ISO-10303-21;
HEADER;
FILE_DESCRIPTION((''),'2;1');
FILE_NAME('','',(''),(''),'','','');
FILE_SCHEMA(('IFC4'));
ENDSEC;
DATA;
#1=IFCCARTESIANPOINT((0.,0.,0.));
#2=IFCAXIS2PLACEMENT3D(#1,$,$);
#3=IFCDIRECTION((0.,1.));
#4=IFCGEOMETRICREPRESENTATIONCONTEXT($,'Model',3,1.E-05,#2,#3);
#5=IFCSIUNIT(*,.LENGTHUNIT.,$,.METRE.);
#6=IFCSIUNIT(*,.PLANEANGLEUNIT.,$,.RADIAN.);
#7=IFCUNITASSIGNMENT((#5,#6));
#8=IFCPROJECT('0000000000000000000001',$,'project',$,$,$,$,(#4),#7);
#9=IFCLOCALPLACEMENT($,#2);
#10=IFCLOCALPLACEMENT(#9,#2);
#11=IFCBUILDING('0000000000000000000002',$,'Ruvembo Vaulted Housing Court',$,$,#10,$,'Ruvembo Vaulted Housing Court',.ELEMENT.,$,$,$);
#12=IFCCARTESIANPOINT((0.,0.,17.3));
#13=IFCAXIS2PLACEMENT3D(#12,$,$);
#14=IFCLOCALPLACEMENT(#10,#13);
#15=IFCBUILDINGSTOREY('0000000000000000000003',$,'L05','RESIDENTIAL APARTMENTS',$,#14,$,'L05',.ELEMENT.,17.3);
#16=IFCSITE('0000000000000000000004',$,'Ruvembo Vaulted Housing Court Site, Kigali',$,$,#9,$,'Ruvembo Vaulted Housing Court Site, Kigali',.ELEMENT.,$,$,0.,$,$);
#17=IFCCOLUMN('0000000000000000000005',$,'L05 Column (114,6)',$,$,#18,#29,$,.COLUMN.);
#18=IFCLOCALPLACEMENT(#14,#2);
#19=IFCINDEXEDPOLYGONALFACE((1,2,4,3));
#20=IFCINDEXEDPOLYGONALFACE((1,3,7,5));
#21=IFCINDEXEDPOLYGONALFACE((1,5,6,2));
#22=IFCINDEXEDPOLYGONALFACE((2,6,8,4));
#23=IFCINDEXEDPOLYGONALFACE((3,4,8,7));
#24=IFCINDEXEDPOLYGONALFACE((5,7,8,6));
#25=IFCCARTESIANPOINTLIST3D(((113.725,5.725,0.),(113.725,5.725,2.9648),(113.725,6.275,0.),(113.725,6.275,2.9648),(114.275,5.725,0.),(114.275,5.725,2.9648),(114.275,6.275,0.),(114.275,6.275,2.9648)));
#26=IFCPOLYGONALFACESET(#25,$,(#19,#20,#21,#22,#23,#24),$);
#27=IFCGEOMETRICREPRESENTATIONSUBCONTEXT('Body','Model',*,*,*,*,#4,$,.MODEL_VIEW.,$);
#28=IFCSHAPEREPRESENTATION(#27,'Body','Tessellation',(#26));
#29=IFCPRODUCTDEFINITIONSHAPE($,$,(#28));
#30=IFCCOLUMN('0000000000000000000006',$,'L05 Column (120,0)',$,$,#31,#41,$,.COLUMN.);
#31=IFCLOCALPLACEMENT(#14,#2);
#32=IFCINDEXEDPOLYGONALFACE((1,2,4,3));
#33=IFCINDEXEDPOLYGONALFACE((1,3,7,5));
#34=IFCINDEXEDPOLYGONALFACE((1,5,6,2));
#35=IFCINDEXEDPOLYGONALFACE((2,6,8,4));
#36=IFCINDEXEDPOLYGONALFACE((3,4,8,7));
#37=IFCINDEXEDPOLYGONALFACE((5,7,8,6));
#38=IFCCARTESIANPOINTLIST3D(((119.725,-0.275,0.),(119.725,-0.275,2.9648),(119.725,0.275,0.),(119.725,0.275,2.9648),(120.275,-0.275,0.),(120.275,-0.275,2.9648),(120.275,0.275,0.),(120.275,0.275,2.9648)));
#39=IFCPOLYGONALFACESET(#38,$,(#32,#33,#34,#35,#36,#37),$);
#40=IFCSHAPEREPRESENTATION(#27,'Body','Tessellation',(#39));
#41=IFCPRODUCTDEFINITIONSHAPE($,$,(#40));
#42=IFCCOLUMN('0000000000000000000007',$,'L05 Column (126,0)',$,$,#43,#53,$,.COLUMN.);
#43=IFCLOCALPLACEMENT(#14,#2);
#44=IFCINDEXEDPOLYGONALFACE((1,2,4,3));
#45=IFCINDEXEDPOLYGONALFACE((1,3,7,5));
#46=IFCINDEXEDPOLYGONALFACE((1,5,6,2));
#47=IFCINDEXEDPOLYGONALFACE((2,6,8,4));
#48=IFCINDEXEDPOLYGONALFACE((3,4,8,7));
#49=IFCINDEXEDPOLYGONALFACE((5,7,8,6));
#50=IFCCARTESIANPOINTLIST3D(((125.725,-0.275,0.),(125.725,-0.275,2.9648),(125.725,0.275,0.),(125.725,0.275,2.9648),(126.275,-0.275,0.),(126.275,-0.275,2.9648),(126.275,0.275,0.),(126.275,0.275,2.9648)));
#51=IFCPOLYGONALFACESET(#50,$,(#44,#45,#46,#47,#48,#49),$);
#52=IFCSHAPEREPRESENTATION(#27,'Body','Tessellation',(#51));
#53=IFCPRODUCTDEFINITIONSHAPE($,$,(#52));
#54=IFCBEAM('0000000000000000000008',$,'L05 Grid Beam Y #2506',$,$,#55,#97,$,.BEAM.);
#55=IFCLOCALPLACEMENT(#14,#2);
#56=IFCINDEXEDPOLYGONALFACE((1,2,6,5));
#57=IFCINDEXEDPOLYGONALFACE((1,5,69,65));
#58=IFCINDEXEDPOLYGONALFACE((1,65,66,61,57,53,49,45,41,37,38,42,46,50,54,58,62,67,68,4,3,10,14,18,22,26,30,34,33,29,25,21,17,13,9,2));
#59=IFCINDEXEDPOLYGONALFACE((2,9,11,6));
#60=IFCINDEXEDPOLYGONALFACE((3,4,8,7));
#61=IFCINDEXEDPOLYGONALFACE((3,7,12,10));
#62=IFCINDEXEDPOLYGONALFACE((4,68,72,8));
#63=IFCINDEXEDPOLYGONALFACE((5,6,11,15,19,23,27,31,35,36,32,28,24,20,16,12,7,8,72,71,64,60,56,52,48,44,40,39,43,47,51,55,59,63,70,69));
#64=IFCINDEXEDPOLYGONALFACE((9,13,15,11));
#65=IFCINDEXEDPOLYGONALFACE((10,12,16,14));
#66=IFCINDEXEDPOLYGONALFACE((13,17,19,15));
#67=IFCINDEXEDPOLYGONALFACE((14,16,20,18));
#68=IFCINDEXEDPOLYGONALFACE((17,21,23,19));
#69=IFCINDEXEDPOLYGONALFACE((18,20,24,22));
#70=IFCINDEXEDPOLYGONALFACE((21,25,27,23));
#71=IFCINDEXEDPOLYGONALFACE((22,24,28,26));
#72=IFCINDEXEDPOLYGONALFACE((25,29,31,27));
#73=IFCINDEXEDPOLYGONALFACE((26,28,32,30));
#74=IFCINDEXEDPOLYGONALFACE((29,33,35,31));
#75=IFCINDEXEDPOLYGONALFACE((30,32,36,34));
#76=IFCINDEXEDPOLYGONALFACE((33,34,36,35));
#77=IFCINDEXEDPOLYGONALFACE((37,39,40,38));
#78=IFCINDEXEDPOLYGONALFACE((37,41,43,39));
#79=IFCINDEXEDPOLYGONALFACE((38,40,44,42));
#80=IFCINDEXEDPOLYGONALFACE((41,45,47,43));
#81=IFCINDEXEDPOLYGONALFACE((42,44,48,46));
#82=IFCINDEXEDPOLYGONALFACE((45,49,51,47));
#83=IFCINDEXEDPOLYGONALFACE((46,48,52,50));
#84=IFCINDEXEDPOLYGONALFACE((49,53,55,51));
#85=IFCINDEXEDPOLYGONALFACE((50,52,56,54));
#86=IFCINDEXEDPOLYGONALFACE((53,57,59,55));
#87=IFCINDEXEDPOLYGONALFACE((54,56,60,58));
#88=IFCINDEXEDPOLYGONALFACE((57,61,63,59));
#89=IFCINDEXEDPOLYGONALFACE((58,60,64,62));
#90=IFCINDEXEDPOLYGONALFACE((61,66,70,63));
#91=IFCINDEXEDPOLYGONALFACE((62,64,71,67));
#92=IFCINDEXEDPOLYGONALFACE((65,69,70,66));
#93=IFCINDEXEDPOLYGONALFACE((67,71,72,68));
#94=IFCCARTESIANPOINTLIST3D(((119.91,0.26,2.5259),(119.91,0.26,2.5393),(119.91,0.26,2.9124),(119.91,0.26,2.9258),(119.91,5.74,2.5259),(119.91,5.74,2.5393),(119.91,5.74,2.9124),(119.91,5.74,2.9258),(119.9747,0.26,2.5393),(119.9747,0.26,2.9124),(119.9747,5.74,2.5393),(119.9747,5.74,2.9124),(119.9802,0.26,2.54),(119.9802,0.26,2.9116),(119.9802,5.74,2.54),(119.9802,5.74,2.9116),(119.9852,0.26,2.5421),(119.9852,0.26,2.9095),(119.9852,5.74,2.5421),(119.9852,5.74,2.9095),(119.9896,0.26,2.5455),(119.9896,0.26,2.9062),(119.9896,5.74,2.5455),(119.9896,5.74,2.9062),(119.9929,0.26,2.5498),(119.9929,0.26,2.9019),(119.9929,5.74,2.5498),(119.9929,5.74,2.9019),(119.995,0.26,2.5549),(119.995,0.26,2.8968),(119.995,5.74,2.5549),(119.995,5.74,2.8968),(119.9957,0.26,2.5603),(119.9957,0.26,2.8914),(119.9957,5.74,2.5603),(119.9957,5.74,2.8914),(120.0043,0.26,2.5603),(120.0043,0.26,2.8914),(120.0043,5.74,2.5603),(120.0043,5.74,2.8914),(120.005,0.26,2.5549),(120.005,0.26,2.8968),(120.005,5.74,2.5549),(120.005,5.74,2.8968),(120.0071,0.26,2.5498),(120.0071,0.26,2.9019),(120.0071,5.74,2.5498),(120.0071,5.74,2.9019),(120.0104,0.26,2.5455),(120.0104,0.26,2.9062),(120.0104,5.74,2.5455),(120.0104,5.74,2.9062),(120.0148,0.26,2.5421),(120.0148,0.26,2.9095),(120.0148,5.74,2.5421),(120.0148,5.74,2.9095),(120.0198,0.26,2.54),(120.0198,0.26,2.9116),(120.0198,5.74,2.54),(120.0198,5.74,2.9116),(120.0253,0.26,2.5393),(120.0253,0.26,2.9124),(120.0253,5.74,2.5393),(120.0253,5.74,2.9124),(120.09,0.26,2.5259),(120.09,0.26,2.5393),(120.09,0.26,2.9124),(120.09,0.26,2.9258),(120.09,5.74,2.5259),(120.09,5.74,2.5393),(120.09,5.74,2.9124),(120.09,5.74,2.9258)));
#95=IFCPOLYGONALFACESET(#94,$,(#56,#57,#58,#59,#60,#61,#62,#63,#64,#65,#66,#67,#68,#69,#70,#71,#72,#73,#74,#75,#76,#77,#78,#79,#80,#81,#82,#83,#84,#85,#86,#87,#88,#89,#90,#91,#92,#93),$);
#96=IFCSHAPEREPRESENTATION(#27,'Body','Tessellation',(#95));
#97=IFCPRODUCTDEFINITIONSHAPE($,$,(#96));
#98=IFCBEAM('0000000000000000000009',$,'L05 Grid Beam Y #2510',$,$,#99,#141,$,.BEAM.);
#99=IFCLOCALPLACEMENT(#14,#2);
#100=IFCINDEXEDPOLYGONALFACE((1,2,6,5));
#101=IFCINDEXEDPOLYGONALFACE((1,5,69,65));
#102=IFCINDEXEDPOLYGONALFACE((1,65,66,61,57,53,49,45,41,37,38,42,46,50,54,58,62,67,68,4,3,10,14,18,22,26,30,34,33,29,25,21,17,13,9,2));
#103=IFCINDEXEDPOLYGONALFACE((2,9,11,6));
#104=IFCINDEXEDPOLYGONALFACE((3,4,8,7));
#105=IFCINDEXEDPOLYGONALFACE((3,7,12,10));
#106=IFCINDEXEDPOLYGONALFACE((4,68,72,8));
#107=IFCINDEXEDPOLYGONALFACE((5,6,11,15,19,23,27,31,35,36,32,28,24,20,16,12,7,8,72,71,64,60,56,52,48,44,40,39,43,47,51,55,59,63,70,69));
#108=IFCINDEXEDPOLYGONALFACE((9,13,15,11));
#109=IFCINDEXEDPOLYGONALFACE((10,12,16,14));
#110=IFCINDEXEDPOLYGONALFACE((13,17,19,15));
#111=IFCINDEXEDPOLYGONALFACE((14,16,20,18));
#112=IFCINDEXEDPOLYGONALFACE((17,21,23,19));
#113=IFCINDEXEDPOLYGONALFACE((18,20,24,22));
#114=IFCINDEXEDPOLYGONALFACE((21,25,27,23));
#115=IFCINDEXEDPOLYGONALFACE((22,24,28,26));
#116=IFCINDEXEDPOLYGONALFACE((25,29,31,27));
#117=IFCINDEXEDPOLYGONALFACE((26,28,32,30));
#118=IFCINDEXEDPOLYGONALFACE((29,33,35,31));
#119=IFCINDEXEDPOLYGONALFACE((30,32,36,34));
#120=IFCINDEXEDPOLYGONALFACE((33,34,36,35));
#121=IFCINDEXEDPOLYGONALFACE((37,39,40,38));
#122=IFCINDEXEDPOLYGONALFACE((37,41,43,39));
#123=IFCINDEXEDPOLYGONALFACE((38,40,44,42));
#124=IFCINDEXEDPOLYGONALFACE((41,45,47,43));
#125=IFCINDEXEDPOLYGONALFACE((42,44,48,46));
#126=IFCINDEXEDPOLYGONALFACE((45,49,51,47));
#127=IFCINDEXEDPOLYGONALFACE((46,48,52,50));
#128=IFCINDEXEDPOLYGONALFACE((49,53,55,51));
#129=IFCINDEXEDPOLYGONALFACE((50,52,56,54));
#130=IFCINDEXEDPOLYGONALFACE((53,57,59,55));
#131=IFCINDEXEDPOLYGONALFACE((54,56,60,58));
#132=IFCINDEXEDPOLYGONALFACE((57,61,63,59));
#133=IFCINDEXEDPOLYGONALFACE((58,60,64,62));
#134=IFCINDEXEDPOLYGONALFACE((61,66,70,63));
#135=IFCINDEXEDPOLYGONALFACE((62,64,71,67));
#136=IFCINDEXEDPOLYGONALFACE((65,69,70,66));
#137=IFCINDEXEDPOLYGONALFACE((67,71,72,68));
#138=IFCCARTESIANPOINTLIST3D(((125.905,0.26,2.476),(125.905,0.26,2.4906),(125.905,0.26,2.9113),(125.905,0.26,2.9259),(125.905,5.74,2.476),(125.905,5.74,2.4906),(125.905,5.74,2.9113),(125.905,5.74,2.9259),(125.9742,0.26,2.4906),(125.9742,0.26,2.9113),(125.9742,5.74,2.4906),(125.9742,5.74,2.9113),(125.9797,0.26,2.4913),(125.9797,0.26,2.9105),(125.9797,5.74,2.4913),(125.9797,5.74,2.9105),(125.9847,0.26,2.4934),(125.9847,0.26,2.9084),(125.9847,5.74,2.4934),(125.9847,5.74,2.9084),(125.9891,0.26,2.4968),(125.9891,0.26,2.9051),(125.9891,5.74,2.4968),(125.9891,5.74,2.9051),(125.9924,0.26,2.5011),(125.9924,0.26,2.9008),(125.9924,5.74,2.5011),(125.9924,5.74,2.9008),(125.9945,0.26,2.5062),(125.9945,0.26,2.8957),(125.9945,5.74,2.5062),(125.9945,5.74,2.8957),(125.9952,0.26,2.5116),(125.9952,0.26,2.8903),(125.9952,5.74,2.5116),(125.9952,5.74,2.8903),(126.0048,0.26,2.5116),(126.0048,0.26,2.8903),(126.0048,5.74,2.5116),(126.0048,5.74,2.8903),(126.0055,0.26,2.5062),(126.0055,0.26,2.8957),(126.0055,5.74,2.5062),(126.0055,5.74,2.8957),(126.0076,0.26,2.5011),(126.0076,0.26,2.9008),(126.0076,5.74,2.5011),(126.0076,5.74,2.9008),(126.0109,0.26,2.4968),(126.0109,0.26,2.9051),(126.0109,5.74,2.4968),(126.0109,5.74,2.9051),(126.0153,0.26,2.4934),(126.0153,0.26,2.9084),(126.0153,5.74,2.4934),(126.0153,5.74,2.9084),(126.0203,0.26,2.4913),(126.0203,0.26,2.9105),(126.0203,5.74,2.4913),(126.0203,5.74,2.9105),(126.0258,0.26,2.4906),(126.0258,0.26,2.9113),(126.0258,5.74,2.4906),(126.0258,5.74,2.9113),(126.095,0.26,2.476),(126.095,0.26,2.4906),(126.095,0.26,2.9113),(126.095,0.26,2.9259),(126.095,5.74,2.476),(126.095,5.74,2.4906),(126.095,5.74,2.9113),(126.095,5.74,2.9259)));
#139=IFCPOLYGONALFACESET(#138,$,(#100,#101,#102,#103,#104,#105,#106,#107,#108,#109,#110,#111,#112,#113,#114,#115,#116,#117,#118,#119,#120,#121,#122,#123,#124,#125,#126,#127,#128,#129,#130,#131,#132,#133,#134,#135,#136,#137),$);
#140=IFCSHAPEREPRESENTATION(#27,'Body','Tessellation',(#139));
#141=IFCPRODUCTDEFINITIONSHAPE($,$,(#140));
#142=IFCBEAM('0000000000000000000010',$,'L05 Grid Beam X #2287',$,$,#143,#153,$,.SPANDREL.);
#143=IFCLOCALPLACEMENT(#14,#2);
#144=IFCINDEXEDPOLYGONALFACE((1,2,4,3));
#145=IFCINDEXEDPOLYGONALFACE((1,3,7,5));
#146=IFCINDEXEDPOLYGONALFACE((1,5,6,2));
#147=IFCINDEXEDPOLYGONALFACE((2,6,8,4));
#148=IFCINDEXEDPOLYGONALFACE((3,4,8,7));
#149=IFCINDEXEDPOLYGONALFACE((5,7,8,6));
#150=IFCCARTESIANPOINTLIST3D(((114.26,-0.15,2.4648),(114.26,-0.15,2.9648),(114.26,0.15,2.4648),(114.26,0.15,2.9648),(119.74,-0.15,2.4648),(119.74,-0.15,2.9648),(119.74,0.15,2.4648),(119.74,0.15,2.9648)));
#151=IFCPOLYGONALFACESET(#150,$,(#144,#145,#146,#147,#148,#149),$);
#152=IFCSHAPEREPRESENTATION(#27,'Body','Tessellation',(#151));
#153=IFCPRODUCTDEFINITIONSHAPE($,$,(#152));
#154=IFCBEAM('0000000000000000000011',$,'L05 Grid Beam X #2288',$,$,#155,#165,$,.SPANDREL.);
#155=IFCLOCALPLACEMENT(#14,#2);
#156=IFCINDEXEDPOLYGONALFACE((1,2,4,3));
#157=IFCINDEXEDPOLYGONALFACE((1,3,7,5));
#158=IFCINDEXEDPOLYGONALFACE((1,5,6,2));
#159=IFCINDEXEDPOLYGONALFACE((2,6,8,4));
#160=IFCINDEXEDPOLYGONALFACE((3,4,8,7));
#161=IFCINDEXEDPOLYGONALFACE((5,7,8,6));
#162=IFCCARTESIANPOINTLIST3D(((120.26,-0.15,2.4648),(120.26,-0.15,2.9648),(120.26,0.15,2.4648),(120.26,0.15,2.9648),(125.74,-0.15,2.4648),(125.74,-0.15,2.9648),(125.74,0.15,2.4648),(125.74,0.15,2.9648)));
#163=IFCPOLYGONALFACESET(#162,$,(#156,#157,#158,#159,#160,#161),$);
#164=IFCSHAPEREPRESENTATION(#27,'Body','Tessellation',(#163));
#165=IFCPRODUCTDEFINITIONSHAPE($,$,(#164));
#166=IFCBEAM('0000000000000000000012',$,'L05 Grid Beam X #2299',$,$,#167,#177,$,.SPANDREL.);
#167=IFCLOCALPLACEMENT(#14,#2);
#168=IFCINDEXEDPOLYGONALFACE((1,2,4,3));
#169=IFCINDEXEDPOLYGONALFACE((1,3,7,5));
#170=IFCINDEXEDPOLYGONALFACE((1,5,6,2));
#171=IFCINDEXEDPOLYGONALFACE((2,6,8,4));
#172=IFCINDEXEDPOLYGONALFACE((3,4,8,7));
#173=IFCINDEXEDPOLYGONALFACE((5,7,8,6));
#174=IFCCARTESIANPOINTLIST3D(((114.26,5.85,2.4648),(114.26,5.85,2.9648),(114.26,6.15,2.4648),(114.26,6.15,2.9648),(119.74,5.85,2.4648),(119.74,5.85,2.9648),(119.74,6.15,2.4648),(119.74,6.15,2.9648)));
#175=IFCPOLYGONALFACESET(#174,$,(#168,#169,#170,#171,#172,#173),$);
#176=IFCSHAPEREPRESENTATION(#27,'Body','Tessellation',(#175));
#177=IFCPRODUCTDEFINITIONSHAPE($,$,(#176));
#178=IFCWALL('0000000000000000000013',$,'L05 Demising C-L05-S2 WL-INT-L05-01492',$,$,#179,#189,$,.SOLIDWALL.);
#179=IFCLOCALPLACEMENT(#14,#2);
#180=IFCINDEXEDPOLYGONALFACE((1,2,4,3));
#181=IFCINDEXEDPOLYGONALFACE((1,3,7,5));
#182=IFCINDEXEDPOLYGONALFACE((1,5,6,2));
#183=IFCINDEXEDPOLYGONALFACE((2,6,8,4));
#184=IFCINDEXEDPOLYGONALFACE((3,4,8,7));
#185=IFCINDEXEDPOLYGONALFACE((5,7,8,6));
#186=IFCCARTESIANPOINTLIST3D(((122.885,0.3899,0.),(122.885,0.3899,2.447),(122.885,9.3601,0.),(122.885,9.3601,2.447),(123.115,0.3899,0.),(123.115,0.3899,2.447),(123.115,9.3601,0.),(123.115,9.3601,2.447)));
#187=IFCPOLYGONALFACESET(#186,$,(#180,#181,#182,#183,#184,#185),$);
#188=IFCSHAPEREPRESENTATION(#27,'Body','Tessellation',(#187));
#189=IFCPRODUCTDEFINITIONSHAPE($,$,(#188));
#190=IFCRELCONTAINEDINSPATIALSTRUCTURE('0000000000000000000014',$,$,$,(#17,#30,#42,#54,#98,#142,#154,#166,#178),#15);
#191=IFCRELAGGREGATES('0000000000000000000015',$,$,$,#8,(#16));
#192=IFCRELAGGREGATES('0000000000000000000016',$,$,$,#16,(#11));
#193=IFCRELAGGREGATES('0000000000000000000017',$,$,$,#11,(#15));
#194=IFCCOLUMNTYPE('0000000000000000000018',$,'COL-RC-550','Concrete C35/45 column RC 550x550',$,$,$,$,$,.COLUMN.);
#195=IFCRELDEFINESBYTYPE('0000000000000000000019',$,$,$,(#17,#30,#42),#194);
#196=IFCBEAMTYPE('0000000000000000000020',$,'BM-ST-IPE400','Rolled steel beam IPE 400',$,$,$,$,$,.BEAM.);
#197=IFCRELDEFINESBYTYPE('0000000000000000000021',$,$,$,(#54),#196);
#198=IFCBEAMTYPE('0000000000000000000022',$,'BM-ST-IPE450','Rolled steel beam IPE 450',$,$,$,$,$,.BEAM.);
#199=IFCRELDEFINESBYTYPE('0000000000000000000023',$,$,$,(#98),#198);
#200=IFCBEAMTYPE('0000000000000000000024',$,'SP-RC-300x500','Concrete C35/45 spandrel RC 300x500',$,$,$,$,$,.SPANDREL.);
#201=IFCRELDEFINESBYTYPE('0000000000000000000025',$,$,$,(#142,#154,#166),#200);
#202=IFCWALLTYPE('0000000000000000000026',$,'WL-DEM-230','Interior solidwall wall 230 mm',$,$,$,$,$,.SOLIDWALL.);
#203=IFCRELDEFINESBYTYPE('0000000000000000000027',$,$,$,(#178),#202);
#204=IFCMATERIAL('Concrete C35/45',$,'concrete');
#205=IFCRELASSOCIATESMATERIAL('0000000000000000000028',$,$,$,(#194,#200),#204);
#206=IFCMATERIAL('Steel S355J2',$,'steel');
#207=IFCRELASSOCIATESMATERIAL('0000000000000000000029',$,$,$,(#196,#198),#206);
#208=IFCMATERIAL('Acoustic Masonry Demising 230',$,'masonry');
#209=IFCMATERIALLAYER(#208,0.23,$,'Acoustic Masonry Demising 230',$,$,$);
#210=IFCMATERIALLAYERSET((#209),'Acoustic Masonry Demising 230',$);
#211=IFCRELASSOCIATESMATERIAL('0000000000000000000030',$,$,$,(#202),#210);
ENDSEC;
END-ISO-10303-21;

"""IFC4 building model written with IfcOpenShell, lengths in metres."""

from ifc_helpers import new_model, si_unit, direction, frame, frame_2d, origin, origin_2d, place, context, subcontext, project, spatial, rectangle, i_section, extrude, material, layer, layer_set, material_profile, profile_set, type_object, element, save


model = new_model("IFC4")

# Units and contexts
model_context = context("Model", 3, precision=1e-05, world=origin(), true_north=direction((0.0, 1.0)))
body_context = subcontext(model_context, "Body", "Model", "MODEL_VIEW")
ifc_project = project(units=[si_unit("LENGTHUNIT", "METRE"), si_unit("PLANEANGLEUNIT", "RADIAN")], contexts=[model_context])

# Site, building, storey
site_placement = place(None, origin())
site = spatial("IfcSite", under=ifc_project, at=site_placement, Name="Ruvembo Vaulted Housing Court Site, Kigali", LongName="Ruvembo Vaulted Housing Court Site, Kigali", CompositionType="ELEMENT", RefElevation=0.0)
building_placement = place(site_placement, origin())
building = spatial("IfcBuilding", under=site, at=building_placement, Name="Ruvembo Vaulted Housing Court", LongName="Ruvembo Vaulted Housing Court", CompositionType="ELEMENT")
storey_placement = place(building_placement, frame((0.0, 0.0, 17.3)))
storey = spatial("IfcBuildingStorey", under=building, at=storey_placement, Name="L05", Description="RESIDENTIAL APARTMENTS", LongName="L05", CompositionType="ELEMENT", Elevation=17.3)

# Columns
ifc_material_1 = material(Name="Concrete C35/45", Category="concrete")
ifc_material_profile_1 = material_profile(ifc_material_1, rectangle(XDim=0.55, YDim=0.55, at=origin_2d()), Name="RC 550x550")
ifc_profile_set_1 = profile_set([ifc_material_profile_1], Name="Concrete C35/45")
column_type = type_object("IfcColumnType", Name="COL-RC-550", Description="Concrete C35/45 column RC 550x550", PredefinedType="COLUMN", material=ifc_profile_set_1)
for number, where, z_axis, x_axis, name in (
    (1, (114.0, 6.0, 0.0), (0.0, 0.0, 1.0), (1.0, 0.0, 0.0), "L05 Column (114,6)"),
    (2, (120.0, 0.0, 0.0), (0.0, 0.0, 1.0), (1.0, 0.0, 0.0), "L05 Column (120,0)"),
    (3, (126.0, 0.0, 0.0), (0.0, 0.0, 1.0), (1.0, 0.0, 0.0), "L05 Column (126,0)"),
):
    element("IfcColumn", number, at=place(storey_placement, frame(where, z_axis=z_axis, x_axis=x_axis)), inside=storey, type_object=column_type, Name=name, PredefinedType="COLUMN", context=body_context, shape_type="SweptSolid", body=[
        extrude(rectangle(XDim=0.55, YDim=0.55, at=origin_2d()), origin(), (0.0, 0.0, 1.0), 2.9648),
    ])

# Beams
ifc_material_2 = material(Name="Steel S355J2", Category="steel")
ifc_material_profile_2 = material_profile(ifc_material_2, i_section(OverallWidth=0.1799, OverallDepth=0.3999, WebThickness=0.0085, FlangeThickness=0.0134, FilletRadius=0.021, at=origin_2d()), Name="IPE 400")
ifc_profile_set_2 = profile_set([ifc_material_profile_2], Name="Steel S355J2")
beam_type_1 = type_object("IfcBeamType", Name="BM-ST-IPE400", Description="Rolled steel beam IPE 400", PredefinedType="BEAM", material=ifc_profile_set_2)
beam_1_placement = place(storey_placement, frame((120.0, 0.26, 2.7258), z_axis=(0.0, 1.0, 0.0), x_axis=(-1.0, 0.0, 0.0)))
element("IfcBeam", 4, at=beam_1_placement, inside=storey, type_object=beam_type_1, Name="L05 Grid Beam Y #2506", PredefinedType="BEAM", context=body_context, shape_type="SweptSolid", body=[
    extrude(i_section(OverallWidth=0.1799, OverallDepth=0.3999, WebThickness=0.0085, FlangeThickness=0.0134, FilletRadius=0.021, at=origin_2d()), origin(), (0.0, 0.0, 1.0), 5.48),
])
ifc_material_profile_3 = material_profile(ifc_material_2, i_section(OverallWidth=0.1899, OverallDepth=0.45, WebThickness=0.0095, FlangeThickness=0.0146, FilletRadius=0.021, at=origin_2d()), Name="IPE 450")
ifc_profile_set_3 = profile_set([ifc_material_profile_3], Name="Steel S355J2")
beam_type_2 = type_object("IfcBeamType", Name="BM-ST-IPE450", Description="Rolled steel beam IPE 450", PredefinedType="BEAM", material=ifc_profile_set_3)
beam_2_placement = place(storey_placement, frame((126.0, 0.26, 2.7009), z_axis=(0.0, 1.0, 0.0), x_axis=(-1.0, 0.0, 0.0)))
element("IfcBeam", 5, at=beam_2_placement, inside=storey, type_object=beam_type_2, Name="L05 Grid Beam Y #2510", PredefinedType="BEAM", context=body_context, shape_type="SweptSolid", body=[
    extrude(i_section(OverallWidth=0.1899, OverallDepth=0.45, WebThickness=0.0095, FlangeThickness=0.0146, FilletRadius=0.021, at=origin_2d()), origin(), (0.0, 0.0, 1.0), 5.48),
])
ifc_material_profile_4 = material_profile(ifc_material_1, rectangle(XDim=0.3, YDim=0.5, at=origin_2d()), Name="RC 300x500")
ifc_profile_set_4 = profile_set([ifc_material_profile_4], Name="Concrete C35/45")
beam_type_3 = type_object("IfcBeamType", Name="SP-RC-300x500", Description="Concrete C35/45 spandrel RC 300x500", PredefinedType="SPANDREL", material=ifc_profile_set_4)
for number, where, z_axis, x_axis, name in (
    (6, (114.26, 0.0, 2.7148), (1.0, 0.0, 0.0), (0.0, 1.0, 0.0), "L05 Grid Beam X #2287"),
    (7, (120.26, 0.0, 2.7148), (1.0, 0.0, 0.0), (0.0, 1.0, 0.0), "L05 Grid Beam X #2288"),
    (8, (114.26, 6.0, 2.7148), (1.0, 0.0, 0.0), (0.0, 1.0, 0.0), "L05 Grid Beam X #2299"),
):
    element("IfcBeam", number, at=place(storey_placement, frame(where, z_axis=z_axis, x_axis=x_axis)), inside=storey, type_object=beam_type_3, Name=name, PredefinedType="SPANDREL", context=body_context, shape_type="SweptSolid", body=[
        extrude(rectangle(XDim=0.3, YDim=0.5, at=origin_2d()), origin(), (0.0, 0.0, 1.0), 5.48),
    ])

# Wall
ifc_material_3 = material(Name="Acoustic Masonry Demising 230", Category="masonry")
ifc_layer_1 = layer(ifc_material_3, 0.23, Name="Acoustic Masonry Demising 230")
ifc_layer_set_1 = layer_set([ifc_layer_1], Name="Acoustic Masonry Demising 230")
wall_type_1 = type_object("IfcWallType", Name="WL-DEM-230", Description="Interior solidwall wall 230 mm", PredefinedType="SOLIDWALL", material=ifc_layer_set_1)
wall_1_placement = place(storey_placement, frame((123.0, 0.3899, 0.0), z_axis=(0.0, 0.0, 1.0), x_axis=(0.0, 1.0, 0.0)))
element("IfcWall", 9, at=wall_1_placement, inside=storey, type_object=wall_type_1, Name="L05 Demising C-L05-S2 WL-INT-L05-01492", PredefinedType="SOLIDWALL", context=body_context, shape_type="SweptSolid", body=[
    extrude(rectangle(XDim=8.9702, YDim=0.23, at=frame_2d((4.4851, 0.0))), origin(), (0.0, 0.0, 1.0), 2.447),
])

save(model, "model.ifc")
